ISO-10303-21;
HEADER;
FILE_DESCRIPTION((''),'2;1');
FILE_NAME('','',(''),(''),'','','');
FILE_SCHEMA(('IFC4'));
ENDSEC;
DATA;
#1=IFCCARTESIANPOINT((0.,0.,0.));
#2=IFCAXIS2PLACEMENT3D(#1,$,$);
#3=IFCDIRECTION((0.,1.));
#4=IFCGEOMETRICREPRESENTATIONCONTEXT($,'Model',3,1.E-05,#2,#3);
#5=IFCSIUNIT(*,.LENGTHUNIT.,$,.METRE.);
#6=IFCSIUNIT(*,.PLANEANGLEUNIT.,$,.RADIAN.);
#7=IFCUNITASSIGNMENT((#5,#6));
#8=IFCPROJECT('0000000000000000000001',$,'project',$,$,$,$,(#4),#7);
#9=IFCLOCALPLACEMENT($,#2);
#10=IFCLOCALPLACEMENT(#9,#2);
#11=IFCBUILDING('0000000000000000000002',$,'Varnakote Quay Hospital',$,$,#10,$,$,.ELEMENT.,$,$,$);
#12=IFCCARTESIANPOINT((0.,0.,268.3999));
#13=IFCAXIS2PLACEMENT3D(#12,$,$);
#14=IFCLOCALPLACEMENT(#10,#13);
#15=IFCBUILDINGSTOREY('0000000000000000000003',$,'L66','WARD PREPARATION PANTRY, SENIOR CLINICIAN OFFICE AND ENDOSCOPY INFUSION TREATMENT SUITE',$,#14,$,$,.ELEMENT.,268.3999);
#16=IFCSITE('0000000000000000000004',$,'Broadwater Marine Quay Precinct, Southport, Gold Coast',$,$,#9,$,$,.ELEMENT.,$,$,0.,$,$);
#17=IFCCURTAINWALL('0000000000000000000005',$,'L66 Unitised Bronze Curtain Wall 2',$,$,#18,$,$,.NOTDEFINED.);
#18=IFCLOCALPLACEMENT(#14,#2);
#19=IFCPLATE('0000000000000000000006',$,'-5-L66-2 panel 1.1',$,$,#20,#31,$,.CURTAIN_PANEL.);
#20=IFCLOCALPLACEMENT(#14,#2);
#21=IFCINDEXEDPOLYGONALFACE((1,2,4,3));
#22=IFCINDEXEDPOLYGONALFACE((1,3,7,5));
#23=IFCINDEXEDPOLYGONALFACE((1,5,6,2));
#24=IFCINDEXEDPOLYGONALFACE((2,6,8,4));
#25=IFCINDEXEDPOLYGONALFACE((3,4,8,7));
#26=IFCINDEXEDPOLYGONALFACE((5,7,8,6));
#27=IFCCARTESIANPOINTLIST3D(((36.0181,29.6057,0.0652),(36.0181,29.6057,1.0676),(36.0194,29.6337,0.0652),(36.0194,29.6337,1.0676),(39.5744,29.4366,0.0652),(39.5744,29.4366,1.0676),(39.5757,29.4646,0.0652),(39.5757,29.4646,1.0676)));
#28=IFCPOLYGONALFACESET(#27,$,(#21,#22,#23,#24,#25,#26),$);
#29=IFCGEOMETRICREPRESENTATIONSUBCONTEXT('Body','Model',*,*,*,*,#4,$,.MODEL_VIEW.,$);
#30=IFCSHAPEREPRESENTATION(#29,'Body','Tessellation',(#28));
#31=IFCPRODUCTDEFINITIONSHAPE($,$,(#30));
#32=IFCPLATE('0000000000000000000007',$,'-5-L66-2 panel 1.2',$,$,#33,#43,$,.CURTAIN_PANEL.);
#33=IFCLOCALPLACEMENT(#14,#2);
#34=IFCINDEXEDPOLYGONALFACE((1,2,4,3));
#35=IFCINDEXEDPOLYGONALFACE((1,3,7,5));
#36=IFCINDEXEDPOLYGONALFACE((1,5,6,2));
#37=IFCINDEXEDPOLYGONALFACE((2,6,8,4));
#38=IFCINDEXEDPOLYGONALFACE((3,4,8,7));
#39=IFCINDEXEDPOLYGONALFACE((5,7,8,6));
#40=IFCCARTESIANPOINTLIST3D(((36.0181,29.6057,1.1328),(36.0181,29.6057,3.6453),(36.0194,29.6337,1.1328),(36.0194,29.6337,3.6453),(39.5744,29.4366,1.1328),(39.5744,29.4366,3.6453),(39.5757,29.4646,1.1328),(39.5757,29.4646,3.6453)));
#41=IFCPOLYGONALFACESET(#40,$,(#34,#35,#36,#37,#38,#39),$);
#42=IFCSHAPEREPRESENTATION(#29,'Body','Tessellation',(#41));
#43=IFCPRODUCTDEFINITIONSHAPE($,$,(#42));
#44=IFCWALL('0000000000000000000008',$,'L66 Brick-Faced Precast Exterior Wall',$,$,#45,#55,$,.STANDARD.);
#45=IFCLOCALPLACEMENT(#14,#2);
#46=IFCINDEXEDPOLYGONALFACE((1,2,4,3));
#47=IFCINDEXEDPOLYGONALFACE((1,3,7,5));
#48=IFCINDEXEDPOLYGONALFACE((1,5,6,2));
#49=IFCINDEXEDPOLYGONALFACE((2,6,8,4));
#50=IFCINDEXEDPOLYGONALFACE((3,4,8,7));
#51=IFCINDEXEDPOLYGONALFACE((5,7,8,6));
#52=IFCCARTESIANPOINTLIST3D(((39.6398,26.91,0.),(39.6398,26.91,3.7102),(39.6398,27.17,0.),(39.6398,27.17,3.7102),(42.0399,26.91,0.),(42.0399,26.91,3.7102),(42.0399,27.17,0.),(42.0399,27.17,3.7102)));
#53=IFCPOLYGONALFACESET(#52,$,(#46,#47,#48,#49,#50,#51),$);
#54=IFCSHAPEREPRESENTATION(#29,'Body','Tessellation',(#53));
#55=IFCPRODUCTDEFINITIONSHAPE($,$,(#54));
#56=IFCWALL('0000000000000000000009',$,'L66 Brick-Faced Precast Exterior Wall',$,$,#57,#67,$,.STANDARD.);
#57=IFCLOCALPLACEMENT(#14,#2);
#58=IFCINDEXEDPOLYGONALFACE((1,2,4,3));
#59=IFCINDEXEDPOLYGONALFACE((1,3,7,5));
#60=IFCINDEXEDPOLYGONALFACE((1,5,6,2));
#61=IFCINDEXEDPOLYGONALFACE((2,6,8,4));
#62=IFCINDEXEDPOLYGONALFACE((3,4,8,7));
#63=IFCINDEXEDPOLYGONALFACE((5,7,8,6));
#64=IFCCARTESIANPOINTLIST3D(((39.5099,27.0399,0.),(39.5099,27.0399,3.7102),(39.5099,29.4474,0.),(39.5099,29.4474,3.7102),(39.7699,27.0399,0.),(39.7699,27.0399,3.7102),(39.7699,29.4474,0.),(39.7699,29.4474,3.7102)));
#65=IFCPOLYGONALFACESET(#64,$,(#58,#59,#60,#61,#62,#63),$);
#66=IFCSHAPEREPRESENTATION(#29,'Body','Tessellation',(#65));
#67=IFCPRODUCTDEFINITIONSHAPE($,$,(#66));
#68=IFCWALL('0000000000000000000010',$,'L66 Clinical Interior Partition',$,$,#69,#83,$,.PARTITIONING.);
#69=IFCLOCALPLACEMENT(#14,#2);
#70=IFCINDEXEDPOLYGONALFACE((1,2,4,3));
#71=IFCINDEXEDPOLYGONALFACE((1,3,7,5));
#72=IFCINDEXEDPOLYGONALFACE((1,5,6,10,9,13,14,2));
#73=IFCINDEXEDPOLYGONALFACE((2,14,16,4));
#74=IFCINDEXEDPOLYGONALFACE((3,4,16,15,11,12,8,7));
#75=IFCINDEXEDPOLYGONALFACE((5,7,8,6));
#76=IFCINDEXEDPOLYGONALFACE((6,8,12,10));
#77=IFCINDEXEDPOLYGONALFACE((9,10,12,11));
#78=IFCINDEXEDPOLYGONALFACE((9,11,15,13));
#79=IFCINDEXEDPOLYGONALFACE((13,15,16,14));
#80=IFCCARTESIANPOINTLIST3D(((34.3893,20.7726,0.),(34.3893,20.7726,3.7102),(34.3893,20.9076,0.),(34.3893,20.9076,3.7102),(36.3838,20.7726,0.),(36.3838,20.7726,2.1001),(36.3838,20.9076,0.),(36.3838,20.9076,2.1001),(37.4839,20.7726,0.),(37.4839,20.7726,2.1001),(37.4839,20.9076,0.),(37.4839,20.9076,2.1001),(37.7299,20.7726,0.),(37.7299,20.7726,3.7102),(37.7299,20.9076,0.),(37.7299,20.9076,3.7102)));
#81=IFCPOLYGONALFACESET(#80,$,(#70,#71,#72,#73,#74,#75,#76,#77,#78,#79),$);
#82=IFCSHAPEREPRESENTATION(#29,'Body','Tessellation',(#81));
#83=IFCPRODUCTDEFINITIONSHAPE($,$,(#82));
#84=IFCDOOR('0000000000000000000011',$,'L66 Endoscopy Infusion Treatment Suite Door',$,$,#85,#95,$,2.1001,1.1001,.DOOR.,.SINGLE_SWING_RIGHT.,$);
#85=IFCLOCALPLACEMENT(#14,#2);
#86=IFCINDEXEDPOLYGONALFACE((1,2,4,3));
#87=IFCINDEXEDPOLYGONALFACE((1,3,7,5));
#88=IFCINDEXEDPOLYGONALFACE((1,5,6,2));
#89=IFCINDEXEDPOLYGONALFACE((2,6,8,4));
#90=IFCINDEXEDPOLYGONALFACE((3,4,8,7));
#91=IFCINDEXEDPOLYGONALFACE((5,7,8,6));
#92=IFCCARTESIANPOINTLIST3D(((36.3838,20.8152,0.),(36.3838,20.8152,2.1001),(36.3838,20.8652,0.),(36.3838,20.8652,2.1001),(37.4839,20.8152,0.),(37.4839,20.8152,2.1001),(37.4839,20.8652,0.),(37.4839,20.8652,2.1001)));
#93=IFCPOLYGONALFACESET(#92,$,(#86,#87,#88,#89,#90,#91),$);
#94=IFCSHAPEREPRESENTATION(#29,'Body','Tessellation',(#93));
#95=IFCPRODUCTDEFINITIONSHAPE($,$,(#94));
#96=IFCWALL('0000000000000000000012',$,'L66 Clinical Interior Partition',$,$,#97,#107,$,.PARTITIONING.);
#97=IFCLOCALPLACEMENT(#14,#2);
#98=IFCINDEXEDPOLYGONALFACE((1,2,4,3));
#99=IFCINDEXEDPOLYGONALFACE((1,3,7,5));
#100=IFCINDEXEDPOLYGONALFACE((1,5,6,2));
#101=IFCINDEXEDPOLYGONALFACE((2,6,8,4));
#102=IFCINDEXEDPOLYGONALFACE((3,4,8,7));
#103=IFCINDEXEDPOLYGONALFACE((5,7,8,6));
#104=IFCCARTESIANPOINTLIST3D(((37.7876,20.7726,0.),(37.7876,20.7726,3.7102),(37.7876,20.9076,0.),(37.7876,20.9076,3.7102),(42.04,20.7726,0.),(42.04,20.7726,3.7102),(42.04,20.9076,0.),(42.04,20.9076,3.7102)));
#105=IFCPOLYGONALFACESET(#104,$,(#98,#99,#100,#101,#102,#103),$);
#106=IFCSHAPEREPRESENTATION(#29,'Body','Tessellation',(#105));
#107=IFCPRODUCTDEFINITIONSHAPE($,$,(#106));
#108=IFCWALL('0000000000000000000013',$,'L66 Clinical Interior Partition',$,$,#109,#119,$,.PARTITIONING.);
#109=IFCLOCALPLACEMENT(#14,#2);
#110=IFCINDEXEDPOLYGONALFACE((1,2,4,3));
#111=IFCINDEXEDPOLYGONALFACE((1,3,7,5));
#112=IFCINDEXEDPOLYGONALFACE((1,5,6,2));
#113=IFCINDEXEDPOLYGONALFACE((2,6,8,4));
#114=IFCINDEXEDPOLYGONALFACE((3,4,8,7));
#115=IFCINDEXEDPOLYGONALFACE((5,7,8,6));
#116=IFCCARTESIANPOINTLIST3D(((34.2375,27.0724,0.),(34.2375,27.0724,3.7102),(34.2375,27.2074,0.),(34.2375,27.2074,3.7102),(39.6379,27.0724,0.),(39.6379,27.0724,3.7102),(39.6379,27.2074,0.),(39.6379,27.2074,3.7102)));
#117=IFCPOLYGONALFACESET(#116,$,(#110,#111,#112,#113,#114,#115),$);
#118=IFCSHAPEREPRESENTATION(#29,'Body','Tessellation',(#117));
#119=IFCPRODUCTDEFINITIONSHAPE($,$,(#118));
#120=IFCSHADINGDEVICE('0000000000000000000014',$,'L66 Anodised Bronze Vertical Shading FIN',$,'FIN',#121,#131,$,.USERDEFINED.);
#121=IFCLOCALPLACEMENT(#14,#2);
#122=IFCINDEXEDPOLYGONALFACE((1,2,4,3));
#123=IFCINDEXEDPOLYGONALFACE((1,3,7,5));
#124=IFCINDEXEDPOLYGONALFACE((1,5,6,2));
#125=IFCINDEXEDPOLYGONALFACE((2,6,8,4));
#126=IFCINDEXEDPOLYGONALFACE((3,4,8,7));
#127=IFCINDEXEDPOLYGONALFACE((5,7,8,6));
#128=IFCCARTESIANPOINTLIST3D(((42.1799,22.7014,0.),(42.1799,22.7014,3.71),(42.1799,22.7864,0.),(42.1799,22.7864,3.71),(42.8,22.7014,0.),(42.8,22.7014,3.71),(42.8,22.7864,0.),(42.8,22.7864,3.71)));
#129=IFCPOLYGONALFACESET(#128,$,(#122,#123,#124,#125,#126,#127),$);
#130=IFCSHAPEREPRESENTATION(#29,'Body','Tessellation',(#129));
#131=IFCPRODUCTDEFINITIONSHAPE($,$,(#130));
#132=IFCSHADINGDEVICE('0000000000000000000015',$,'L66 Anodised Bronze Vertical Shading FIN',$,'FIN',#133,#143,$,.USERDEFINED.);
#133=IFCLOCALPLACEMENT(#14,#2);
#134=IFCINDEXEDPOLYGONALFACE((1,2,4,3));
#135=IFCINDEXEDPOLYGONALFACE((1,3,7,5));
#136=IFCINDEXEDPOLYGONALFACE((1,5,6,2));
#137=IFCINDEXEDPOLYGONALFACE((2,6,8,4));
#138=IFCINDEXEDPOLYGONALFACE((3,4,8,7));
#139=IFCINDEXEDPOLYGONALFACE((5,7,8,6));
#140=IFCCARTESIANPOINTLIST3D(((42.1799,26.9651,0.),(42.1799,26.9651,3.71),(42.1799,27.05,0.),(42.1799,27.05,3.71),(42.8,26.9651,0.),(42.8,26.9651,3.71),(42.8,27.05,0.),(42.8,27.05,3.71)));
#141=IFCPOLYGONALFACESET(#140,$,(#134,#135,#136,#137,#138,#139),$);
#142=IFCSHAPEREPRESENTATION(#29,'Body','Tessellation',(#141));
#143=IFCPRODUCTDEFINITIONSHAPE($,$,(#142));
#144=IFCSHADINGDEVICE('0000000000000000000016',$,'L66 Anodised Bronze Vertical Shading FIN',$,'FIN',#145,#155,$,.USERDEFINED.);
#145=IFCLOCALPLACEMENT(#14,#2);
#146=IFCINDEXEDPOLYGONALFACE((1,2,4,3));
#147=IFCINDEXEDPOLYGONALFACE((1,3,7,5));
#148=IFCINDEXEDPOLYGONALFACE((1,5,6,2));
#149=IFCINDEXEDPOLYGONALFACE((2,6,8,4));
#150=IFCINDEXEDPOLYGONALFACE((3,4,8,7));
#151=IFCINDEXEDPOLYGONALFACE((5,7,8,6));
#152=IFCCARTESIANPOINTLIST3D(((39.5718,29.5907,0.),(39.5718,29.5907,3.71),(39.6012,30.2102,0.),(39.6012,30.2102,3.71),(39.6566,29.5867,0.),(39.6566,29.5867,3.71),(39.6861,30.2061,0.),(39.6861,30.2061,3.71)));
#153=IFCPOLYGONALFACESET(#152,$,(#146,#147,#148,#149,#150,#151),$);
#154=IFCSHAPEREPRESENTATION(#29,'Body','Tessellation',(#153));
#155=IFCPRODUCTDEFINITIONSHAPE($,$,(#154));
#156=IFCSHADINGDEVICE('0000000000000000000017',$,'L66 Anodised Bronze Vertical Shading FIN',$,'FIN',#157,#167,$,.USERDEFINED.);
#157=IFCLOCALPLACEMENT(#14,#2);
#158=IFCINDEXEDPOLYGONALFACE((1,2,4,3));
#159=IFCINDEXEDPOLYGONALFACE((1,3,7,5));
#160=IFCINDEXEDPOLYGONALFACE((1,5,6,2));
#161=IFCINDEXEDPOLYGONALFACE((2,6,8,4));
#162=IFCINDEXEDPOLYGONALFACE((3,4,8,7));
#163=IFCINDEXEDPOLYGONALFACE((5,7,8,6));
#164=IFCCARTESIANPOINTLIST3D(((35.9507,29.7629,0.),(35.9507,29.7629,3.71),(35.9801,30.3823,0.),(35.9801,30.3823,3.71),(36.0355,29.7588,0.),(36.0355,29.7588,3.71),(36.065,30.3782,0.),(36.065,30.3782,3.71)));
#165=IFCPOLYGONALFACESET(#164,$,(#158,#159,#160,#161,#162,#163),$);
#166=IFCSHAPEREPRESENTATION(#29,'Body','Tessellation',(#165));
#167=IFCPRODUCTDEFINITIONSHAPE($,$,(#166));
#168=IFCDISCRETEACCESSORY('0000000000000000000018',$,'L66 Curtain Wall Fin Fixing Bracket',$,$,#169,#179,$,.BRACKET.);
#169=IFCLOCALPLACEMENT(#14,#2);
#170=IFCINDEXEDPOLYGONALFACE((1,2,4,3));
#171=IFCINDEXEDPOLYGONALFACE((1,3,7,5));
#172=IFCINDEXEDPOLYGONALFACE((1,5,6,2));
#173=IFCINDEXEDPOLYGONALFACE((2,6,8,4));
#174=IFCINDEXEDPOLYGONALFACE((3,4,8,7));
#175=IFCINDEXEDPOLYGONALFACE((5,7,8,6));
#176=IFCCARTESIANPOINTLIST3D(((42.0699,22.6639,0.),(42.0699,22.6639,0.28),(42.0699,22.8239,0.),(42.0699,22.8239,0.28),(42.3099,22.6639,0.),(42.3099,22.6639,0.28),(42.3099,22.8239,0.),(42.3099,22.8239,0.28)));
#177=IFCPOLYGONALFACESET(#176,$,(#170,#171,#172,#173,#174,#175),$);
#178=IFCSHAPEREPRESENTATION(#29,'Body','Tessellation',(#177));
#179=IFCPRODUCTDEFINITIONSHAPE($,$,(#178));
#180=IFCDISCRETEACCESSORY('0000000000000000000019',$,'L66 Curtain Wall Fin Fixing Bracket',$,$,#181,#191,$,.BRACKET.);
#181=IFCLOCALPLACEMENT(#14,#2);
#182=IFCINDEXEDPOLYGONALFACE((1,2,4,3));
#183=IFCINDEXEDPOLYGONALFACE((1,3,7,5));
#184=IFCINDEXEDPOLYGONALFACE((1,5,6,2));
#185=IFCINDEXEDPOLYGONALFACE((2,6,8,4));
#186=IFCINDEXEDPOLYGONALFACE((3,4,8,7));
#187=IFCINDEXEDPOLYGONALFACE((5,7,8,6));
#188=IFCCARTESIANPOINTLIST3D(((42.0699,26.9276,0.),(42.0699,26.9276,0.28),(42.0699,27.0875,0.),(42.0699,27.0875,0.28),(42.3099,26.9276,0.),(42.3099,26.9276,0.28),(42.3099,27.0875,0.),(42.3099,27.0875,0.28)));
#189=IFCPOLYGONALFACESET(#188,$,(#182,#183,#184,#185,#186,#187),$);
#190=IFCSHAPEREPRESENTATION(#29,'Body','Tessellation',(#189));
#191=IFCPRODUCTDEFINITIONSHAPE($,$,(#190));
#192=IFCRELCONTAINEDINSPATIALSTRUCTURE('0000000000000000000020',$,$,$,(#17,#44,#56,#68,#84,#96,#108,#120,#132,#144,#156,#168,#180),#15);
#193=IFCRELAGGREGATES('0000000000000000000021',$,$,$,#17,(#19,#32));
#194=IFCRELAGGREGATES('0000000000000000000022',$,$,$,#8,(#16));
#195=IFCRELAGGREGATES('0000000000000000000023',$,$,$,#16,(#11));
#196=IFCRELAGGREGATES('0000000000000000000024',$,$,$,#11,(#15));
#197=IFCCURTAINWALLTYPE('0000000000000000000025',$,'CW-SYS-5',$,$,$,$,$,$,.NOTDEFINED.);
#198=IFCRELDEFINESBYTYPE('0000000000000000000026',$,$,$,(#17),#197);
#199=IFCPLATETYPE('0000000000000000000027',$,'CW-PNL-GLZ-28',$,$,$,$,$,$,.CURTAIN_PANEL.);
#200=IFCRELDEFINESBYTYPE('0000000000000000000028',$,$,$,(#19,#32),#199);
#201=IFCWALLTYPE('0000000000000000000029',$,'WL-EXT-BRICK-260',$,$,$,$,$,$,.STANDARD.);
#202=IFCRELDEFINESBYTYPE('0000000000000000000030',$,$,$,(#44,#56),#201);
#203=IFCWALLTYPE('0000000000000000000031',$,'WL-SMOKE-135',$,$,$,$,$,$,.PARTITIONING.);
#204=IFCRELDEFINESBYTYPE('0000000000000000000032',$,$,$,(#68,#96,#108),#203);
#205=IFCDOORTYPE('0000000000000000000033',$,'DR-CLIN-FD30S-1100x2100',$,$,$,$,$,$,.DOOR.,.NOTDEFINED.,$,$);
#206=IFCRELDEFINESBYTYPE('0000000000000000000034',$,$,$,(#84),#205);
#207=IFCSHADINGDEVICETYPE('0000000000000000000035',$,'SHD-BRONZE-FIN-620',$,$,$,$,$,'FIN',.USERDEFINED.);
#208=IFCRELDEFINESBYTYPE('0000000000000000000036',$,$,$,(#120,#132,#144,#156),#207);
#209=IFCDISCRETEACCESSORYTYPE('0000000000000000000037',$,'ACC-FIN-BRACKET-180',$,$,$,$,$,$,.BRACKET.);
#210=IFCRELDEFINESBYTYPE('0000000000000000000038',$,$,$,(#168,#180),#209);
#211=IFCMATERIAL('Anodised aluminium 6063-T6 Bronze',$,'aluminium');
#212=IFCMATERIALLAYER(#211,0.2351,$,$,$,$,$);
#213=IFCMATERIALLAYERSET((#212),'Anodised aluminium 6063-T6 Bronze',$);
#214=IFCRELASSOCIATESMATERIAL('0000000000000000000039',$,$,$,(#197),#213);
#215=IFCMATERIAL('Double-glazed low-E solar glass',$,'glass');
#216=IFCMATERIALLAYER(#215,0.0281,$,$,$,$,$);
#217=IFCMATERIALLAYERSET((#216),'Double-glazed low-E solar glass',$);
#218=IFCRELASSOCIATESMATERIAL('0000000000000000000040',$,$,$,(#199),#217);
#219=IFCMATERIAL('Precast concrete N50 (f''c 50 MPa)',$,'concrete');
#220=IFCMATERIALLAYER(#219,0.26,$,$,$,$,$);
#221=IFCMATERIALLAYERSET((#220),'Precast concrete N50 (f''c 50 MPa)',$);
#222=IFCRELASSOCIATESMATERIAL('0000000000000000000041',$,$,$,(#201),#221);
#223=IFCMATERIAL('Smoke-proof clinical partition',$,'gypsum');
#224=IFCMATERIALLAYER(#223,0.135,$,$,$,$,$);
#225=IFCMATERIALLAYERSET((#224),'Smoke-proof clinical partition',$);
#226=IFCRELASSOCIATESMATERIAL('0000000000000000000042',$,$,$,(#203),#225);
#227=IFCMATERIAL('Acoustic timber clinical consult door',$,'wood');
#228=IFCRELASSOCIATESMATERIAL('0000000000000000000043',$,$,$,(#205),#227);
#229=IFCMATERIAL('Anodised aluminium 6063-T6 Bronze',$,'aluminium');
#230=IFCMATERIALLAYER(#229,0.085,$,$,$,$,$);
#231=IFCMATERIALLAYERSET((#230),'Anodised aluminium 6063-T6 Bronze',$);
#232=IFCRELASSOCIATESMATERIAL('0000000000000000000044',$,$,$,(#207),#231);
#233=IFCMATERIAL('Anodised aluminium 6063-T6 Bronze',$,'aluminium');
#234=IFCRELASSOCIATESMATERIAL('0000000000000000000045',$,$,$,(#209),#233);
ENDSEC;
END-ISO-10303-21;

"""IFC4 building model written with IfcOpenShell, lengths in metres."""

from ifc_helpers import new_model, si_unit, direction, frame, frame_2d, origin, origin_2d, place, context, subcontext, project, spatial, rectangle, extrude, material, layer, layer_set, type_object, element, fill, aggregate, save


model = new_model("IFC4")

# Units and contexts
model_context = context("Model", 3, precision=1e-05, world=origin(), true_north=direction((0.0, 1.0)))
body_context = subcontext(model_context, "Body", "Model", "MODEL_VIEW")
ifc_project = project(units=[si_unit("LENGTHUNIT", "METRE"), si_unit("PLANEANGLEUNIT", "RADIAN")], contexts=[model_context])

# Site, building, storey
site_placement = place(None, origin())
site = spatial("IfcSite", under=ifc_project, at=site_placement, Name="Broadwater Marine Quay Precinct, Southport, Gold Coast", CompositionType="ELEMENT", RefElevation=0.0)
building_placement = place(site_placement, origin())
building = spatial("IfcBuilding", under=site, at=building_placement, Name="Varnakote Quay Hospital", CompositionType="ELEMENT")
storey_placement = place(building_placement, frame((0.0, 0.0, 268.3999)))
storey = spatial("IfcBuildingStorey", under=building, at=storey_placement, Name="L66", Description="WARD PREPARATION PANTRY, SENIOR CLINICIAN OFFICE AND ENDOSCOPY INFUSION TREATMENT SUITE", CompositionType="ELEMENT", Elevation=268.3999)

# Curtain wall
ifc_material_1 = material(Name="Anodised aluminium 6063-T6 Bronze", Category="aluminium")
ifc_layer_1 = layer(ifc_material_1, 0.2351)
ifc_layer_set_1 = layer_set([ifc_layer_1], Name="Anodised aluminium 6063-T6 Bronze")
curtain_wall_type = type_object("IfcCurtainWallType", Name="CW-SYS-5", PredefinedType="NOTDEFINED", material=ifc_layer_set_1)
curtain_wall_1_placement = place(storey_placement, origin())
curtain_wall_1 = element("IfcCurtainWall", 1, at=curtain_wall_1_placement, inside=storey, type_object=curtain_wall_type, Name="L66 Unitised Bronze Curtain Wall 2", PredefinedType="NOTDEFINED")

# Plates
ifc_material_2 = material(Name="Double-glazed low-E solar glass", Category="glass")
ifc_layer_2 = layer(ifc_material_2, 0.0281)
ifc_layer_set_2 = layer_set([ifc_layer_2], Name="Double-glazed low-E solar glass")
plate_type = type_object("IfcPlateType", Name="CW-PNL-GLZ-28", PredefinedType="CURTAIN_PANEL", material=ifc_layer_set_2)
plate_1_placement = place(storey_placement, frame((37.7969, 29.5352, 0.0652), z_axis=(0.0, 0.0, 1.0), x_axis=(-0.998871, 0.047497, 0.0)))
plate_1 = element("IfcPlate", 2, at=plate_1_placement, type_object=plate_type, Name="-5-L66-2 panel 1.1", PredefinedType="CURTAIN_PANEL", context=body_context, shape_type="SweptSolid", body=[
    extrude(rectangle(XDim=3.5603, YDim=0.0281, at=origin_2d()), origin(), (0.0, 0.0, 1.0), 1.0024),
])
plate_2_placement = place(storey_placement, frame((37.7969, 29.5352, 1.1328), z_axis=(0.0, 0.0, 1.0), x_axis=(-0.998871, 0.047497, 0.0)))
plate_2 = element("IfcPlate", 3, at=plate_2_placement, type_object=plate_type, Name="-5-L66-2 panel 1.2", PredefinedType="CURTAIN_PANEL", context=body_context, shape_type="SweptSolid", body=[
    extrude(rectangle(XDim=3.5603, YDim=0.0281, at=origin_2d()), origin(), (0.0, 0.0, 1.0), 2.5125),
])
aggregate(curtain_wall_1, [plate_1, plate_2])

# Walls
ifc_material_3 = material(Name="Precast concrete N50 (f'c 50 MPa)", Category="concrete")
ifc_layer_3 = layer(ifc_material_3, 0.26)
ifc_layer_set_3 = layer_set([ifc_layer_3], Name="Precast concrete N50 (f'c 50 MPa)")
wall_type_1 = type_object("IfcWallType", Name="WL-EXT-BRICK-260", PredefinedType="STANDARD", material=ifc_layer_set_3)
wall_1_placement = place(storey_placement, frame((42.04, 27.04, 0.0), z_axis=(0.0, 0.0, 1.0), x_axis=(-1.0, 0.0, 0.0)))
element("IfcWall", 4, at=wall_1_placement, inside=storey, type_object=wall_type_1, Name="L66 Brick-Faced Precast Exterior Wall", PredefinedType="STANDARD", context=body_context, shape_type="SweptSolid", body=[
    extrude(rectangle(XDim=2.4001, YDim=0.26, at=frame_2d((1.2002, 0.0))), origin(), (0.0, 0.0, 1.0), 3.7102),
])
wall_2_placement = place(storey_placement, frame((39.6399, 27.04, 0.0), z_axis=(0.0, 0.0, 1.0), x_axis=(0.0, 1.0, 0.0)))
element("IfcWall", 5, at=wall_2_placement, inside=storey, type_object=wall_type_1, Name="L66 Brick-Faced Precast Exterior Wall", PredefinedType="STANDARD", context=body_context, shape_type="SweptSolid", body=[
    extrude(rectangle(XDim=2.4075, YDim=0.26, at=frame_2d((1.2036, 0.0))), origin(), (0.0, 0.0, 1.0), 3.7102),
])

# Wall, opening, door
ifc_material_4 = material(Name="Smoke-proof clinical partition", Category="gypsum")
ifc_layer_4 = layer(ifc_material_4, 0.135)
ifc_layer_set_4 = layer_set([ifc_layer_4], Name="Smoke-proof clinical partition")
wall_type_2 = type_object("IfcWallType", Name="WL-SMOKE-135", PredefinedType="PARTITIONING", material=ifc_layer_set_4)
wall_3_placement = place(storey_placement, frame((37.73, 20.8401, 0.0), z_axis=(0.0, 0.0, 1.0), x_axis=(-1.0, 0.0, 0.0)))
wall_3 = element("IfcWall", 6, at=wall_3_placement, inside=storey, type_object=wall_type_2, Name="L66 Clinical Interior Partition", PredefinedType="PARTITIONING", context=body_context, shape_type="SweptSolid", body=[
    extrude(rectangle(XDim=3.3406, YDim=0.135, at=frame_2d((1.6704, 0.0))), origin(), (0.0, 0.0, 1.0), 3.7102),
])
opening_placement = place(wall_3_placement, frame((0.2461, 0.0, 0.0)))
opening = element("IfcOpeningElement", 7, at=opening_placement, cuts=wall_3, PredefinedType="OPENING", context=body_context, shape_type="SweptSolid", body=[
    extrude(rectangle(XDim=1.1001, YDim=2.1001, at=frame_2d((0.55, 1.05))), frame((0.0, 0.0774, 0.0), z_axis=(0.0, -1.0, 0.0), x_axis=(1.0, 0.0, 0.0)), (0.0, 0.0, 1.0), 0.155),
])
ifc_material_5 = material(Name="Acoustic timber clinical consult door", Category="wood")
door_type = type_object("IfcDoorType", Name="DR-CLIN-FD30S-1100x2100", OperationType="NOTDEFINED", PredefinedType="DOOR", material=ifc_material_5)
door_placement = place(opening_placement, origin())
door = element("IfcDoor", 8, at=door_placement, inside=storey, type_object=door_type, Name="L66 Endoscopy Infusion Treatment Suite Door", OperationType="SINGLE_SWING_RIGHT", OverallHeight=2.1001, OverallWidth=1.1001, PredefinedType="DOOR", context=body_context, shape_type="SweptSolid", body=[
    extrude(rectangle(XDim=1.1001, YDim=2.1001, at=frame_2d((0.55, 1.05))), frame((0.0, 0.0249, 0.0), z_axis=(0.0, -1.0, 0.0), x_axis=(1.0, 0.0, 0.0)), (0.0, 0.0, 1.0), 0.05),
])
fill(opening, door)

# Walls
wall_4_placement = place(storey_placement, frame((42.04, 20.8401, 0.0), z_axis=(0.0, 0.0, 1.0), x_axis=(-1.0, 0.0, 0.0)))
element("IfcWall", 9, at=wall_4_placement, inside=storey, type_object=wall_type_2, Name="L66 Clinical Interior Partition", PredefinedType="PARTITIONING", context=body_context, shape_type="SweptSolid", body=[
    extrude(rectangle(XDim=4.2524, YDim=0.135, at=frame_2d((2.1262, 0.0))), origin(), (0.0, 0.0, 1.0), 3.7102),
])
wall_5_placement = place(storey_placement, frame((39.6379, 27.1399, 0.0), z_axis=(0.0, 0.0, 1.0), x_axis=(-1.0, 0.0, 0.0)))
element("IfcWall", 10, at=wall_5_placement, inside=storey, type_object=wall_type_2, Name="L66 Clinical Interior Partition", PredefinedType="PARTITIONING", context=body_context, shape_type="SweptSolid", body=[
    extrude(rectangle(XDim=5.4004, YDim=0.135, at=frame_2d((2.7002, 0.0))), origin(), (0.0, 0.0, 1.0), 3.7102),
])

# Shading devices
ifc_material_6 = material(Name="Anodised aluminium 6063-T6 Bronze", Category="aluminium")
ifc_layer_5 = layer(ifc_material_6, 0.085)
ifc_layer_set_5 = layer_set([ifc_layer_5], Name="Anodised aluminium 6063-T6 Bronze")
shading_device_type = type_object("IfcShadingDeviceType", Name="SHD-BRONZE-FIN-620", ElementType="FIN", PredefinedType="USERDEFINED", material=ifc_layer_set_5)
for number, where, z_axis, x_axis, name in (
    (11, (42.49, 22.7439, 0.0), (0.0, 0.0, 1.0), (-1.0, 0.0, 0.0), "L66 Anodised Bronze Vertical Shading FIN"),
    (12, (42.49, 27.0076, 0.0), (0.0, 0.0, 1.0), (-1.0, 0.0, 0.0), "L66 Anodised Bronze Vertical Shading FIN"),
    (13, (39.6289, 29.8984, 0.0), (0.0, 0.0, 1.0), (-0.047455, -0.998873, 0.0), "L66 Anodised Bronze Vertical Shading FIN"),
    (14, (36.0078, 30.0706, 0.0), (0.0, 0.0, 1.0), (-0.047455, -0.998873, 0.0), "L66 Anodised Bronze Vertical Shading FIN"),
):
    element("IfcShadingDevice", number, at=place(storey_placement, frame(where, z_axis=z_axis, x_axis=x_axis)), inside=storey, type_object=shading_device_type, Name=name, ObjectType="FIN", PredefinedType="USERDEFINED", context=body_context, shape_type="SweptSolid", body=[
        extrude(rectangle(XDim=0.6201, YDim=0.085, at=origin_2d()), origin(), (0.0, 0.0, 1.0), 3.71),
    ])

# Discrete accessories
ifc_material_7 = material(Name="Anodised aluminium 6063-T6 Bronze", Category="aluminium")
discrete_accessory_type = type_object("IfcDiscreteAccessoryType", Name="ACC-FIN-BRACKET-180", PredefinedType="BRACKET", material=ifc_material_7)
for number, where, z_axis, x_axis, name in (
    (15, (42.1899, 22.7439, 0.0), (0.0, 0.0, 1.0), (0.0, 1.0, 0.0), "L66 Curtain Wall Fin Fixing Bracket"),
    (16, (42.1899, 27.0076, 0.0), (0.0, 0.0, 1.0), (0.0, 1.0, 0.0), "L66 Curtain Wall Fin Fixing Bracket"),
):
    element("IfcDiscreteAccessory", number, at=place(storey_placement, frame(where, z_axis=z_axis, x_axis=x_axis)), inside=storey, type_object=discrete_accessory_type, Name=name, PredefinedType="BRACKET", context=body_context, shape_type="SweptSolid", body=[
        extrude(rectangle(XDim=0.1599, YDim=0.24, at=origin_2d()), origin(), (0.0, 0.0, 1.0), 0.28),
    ])

save(model, "model.ifc")
